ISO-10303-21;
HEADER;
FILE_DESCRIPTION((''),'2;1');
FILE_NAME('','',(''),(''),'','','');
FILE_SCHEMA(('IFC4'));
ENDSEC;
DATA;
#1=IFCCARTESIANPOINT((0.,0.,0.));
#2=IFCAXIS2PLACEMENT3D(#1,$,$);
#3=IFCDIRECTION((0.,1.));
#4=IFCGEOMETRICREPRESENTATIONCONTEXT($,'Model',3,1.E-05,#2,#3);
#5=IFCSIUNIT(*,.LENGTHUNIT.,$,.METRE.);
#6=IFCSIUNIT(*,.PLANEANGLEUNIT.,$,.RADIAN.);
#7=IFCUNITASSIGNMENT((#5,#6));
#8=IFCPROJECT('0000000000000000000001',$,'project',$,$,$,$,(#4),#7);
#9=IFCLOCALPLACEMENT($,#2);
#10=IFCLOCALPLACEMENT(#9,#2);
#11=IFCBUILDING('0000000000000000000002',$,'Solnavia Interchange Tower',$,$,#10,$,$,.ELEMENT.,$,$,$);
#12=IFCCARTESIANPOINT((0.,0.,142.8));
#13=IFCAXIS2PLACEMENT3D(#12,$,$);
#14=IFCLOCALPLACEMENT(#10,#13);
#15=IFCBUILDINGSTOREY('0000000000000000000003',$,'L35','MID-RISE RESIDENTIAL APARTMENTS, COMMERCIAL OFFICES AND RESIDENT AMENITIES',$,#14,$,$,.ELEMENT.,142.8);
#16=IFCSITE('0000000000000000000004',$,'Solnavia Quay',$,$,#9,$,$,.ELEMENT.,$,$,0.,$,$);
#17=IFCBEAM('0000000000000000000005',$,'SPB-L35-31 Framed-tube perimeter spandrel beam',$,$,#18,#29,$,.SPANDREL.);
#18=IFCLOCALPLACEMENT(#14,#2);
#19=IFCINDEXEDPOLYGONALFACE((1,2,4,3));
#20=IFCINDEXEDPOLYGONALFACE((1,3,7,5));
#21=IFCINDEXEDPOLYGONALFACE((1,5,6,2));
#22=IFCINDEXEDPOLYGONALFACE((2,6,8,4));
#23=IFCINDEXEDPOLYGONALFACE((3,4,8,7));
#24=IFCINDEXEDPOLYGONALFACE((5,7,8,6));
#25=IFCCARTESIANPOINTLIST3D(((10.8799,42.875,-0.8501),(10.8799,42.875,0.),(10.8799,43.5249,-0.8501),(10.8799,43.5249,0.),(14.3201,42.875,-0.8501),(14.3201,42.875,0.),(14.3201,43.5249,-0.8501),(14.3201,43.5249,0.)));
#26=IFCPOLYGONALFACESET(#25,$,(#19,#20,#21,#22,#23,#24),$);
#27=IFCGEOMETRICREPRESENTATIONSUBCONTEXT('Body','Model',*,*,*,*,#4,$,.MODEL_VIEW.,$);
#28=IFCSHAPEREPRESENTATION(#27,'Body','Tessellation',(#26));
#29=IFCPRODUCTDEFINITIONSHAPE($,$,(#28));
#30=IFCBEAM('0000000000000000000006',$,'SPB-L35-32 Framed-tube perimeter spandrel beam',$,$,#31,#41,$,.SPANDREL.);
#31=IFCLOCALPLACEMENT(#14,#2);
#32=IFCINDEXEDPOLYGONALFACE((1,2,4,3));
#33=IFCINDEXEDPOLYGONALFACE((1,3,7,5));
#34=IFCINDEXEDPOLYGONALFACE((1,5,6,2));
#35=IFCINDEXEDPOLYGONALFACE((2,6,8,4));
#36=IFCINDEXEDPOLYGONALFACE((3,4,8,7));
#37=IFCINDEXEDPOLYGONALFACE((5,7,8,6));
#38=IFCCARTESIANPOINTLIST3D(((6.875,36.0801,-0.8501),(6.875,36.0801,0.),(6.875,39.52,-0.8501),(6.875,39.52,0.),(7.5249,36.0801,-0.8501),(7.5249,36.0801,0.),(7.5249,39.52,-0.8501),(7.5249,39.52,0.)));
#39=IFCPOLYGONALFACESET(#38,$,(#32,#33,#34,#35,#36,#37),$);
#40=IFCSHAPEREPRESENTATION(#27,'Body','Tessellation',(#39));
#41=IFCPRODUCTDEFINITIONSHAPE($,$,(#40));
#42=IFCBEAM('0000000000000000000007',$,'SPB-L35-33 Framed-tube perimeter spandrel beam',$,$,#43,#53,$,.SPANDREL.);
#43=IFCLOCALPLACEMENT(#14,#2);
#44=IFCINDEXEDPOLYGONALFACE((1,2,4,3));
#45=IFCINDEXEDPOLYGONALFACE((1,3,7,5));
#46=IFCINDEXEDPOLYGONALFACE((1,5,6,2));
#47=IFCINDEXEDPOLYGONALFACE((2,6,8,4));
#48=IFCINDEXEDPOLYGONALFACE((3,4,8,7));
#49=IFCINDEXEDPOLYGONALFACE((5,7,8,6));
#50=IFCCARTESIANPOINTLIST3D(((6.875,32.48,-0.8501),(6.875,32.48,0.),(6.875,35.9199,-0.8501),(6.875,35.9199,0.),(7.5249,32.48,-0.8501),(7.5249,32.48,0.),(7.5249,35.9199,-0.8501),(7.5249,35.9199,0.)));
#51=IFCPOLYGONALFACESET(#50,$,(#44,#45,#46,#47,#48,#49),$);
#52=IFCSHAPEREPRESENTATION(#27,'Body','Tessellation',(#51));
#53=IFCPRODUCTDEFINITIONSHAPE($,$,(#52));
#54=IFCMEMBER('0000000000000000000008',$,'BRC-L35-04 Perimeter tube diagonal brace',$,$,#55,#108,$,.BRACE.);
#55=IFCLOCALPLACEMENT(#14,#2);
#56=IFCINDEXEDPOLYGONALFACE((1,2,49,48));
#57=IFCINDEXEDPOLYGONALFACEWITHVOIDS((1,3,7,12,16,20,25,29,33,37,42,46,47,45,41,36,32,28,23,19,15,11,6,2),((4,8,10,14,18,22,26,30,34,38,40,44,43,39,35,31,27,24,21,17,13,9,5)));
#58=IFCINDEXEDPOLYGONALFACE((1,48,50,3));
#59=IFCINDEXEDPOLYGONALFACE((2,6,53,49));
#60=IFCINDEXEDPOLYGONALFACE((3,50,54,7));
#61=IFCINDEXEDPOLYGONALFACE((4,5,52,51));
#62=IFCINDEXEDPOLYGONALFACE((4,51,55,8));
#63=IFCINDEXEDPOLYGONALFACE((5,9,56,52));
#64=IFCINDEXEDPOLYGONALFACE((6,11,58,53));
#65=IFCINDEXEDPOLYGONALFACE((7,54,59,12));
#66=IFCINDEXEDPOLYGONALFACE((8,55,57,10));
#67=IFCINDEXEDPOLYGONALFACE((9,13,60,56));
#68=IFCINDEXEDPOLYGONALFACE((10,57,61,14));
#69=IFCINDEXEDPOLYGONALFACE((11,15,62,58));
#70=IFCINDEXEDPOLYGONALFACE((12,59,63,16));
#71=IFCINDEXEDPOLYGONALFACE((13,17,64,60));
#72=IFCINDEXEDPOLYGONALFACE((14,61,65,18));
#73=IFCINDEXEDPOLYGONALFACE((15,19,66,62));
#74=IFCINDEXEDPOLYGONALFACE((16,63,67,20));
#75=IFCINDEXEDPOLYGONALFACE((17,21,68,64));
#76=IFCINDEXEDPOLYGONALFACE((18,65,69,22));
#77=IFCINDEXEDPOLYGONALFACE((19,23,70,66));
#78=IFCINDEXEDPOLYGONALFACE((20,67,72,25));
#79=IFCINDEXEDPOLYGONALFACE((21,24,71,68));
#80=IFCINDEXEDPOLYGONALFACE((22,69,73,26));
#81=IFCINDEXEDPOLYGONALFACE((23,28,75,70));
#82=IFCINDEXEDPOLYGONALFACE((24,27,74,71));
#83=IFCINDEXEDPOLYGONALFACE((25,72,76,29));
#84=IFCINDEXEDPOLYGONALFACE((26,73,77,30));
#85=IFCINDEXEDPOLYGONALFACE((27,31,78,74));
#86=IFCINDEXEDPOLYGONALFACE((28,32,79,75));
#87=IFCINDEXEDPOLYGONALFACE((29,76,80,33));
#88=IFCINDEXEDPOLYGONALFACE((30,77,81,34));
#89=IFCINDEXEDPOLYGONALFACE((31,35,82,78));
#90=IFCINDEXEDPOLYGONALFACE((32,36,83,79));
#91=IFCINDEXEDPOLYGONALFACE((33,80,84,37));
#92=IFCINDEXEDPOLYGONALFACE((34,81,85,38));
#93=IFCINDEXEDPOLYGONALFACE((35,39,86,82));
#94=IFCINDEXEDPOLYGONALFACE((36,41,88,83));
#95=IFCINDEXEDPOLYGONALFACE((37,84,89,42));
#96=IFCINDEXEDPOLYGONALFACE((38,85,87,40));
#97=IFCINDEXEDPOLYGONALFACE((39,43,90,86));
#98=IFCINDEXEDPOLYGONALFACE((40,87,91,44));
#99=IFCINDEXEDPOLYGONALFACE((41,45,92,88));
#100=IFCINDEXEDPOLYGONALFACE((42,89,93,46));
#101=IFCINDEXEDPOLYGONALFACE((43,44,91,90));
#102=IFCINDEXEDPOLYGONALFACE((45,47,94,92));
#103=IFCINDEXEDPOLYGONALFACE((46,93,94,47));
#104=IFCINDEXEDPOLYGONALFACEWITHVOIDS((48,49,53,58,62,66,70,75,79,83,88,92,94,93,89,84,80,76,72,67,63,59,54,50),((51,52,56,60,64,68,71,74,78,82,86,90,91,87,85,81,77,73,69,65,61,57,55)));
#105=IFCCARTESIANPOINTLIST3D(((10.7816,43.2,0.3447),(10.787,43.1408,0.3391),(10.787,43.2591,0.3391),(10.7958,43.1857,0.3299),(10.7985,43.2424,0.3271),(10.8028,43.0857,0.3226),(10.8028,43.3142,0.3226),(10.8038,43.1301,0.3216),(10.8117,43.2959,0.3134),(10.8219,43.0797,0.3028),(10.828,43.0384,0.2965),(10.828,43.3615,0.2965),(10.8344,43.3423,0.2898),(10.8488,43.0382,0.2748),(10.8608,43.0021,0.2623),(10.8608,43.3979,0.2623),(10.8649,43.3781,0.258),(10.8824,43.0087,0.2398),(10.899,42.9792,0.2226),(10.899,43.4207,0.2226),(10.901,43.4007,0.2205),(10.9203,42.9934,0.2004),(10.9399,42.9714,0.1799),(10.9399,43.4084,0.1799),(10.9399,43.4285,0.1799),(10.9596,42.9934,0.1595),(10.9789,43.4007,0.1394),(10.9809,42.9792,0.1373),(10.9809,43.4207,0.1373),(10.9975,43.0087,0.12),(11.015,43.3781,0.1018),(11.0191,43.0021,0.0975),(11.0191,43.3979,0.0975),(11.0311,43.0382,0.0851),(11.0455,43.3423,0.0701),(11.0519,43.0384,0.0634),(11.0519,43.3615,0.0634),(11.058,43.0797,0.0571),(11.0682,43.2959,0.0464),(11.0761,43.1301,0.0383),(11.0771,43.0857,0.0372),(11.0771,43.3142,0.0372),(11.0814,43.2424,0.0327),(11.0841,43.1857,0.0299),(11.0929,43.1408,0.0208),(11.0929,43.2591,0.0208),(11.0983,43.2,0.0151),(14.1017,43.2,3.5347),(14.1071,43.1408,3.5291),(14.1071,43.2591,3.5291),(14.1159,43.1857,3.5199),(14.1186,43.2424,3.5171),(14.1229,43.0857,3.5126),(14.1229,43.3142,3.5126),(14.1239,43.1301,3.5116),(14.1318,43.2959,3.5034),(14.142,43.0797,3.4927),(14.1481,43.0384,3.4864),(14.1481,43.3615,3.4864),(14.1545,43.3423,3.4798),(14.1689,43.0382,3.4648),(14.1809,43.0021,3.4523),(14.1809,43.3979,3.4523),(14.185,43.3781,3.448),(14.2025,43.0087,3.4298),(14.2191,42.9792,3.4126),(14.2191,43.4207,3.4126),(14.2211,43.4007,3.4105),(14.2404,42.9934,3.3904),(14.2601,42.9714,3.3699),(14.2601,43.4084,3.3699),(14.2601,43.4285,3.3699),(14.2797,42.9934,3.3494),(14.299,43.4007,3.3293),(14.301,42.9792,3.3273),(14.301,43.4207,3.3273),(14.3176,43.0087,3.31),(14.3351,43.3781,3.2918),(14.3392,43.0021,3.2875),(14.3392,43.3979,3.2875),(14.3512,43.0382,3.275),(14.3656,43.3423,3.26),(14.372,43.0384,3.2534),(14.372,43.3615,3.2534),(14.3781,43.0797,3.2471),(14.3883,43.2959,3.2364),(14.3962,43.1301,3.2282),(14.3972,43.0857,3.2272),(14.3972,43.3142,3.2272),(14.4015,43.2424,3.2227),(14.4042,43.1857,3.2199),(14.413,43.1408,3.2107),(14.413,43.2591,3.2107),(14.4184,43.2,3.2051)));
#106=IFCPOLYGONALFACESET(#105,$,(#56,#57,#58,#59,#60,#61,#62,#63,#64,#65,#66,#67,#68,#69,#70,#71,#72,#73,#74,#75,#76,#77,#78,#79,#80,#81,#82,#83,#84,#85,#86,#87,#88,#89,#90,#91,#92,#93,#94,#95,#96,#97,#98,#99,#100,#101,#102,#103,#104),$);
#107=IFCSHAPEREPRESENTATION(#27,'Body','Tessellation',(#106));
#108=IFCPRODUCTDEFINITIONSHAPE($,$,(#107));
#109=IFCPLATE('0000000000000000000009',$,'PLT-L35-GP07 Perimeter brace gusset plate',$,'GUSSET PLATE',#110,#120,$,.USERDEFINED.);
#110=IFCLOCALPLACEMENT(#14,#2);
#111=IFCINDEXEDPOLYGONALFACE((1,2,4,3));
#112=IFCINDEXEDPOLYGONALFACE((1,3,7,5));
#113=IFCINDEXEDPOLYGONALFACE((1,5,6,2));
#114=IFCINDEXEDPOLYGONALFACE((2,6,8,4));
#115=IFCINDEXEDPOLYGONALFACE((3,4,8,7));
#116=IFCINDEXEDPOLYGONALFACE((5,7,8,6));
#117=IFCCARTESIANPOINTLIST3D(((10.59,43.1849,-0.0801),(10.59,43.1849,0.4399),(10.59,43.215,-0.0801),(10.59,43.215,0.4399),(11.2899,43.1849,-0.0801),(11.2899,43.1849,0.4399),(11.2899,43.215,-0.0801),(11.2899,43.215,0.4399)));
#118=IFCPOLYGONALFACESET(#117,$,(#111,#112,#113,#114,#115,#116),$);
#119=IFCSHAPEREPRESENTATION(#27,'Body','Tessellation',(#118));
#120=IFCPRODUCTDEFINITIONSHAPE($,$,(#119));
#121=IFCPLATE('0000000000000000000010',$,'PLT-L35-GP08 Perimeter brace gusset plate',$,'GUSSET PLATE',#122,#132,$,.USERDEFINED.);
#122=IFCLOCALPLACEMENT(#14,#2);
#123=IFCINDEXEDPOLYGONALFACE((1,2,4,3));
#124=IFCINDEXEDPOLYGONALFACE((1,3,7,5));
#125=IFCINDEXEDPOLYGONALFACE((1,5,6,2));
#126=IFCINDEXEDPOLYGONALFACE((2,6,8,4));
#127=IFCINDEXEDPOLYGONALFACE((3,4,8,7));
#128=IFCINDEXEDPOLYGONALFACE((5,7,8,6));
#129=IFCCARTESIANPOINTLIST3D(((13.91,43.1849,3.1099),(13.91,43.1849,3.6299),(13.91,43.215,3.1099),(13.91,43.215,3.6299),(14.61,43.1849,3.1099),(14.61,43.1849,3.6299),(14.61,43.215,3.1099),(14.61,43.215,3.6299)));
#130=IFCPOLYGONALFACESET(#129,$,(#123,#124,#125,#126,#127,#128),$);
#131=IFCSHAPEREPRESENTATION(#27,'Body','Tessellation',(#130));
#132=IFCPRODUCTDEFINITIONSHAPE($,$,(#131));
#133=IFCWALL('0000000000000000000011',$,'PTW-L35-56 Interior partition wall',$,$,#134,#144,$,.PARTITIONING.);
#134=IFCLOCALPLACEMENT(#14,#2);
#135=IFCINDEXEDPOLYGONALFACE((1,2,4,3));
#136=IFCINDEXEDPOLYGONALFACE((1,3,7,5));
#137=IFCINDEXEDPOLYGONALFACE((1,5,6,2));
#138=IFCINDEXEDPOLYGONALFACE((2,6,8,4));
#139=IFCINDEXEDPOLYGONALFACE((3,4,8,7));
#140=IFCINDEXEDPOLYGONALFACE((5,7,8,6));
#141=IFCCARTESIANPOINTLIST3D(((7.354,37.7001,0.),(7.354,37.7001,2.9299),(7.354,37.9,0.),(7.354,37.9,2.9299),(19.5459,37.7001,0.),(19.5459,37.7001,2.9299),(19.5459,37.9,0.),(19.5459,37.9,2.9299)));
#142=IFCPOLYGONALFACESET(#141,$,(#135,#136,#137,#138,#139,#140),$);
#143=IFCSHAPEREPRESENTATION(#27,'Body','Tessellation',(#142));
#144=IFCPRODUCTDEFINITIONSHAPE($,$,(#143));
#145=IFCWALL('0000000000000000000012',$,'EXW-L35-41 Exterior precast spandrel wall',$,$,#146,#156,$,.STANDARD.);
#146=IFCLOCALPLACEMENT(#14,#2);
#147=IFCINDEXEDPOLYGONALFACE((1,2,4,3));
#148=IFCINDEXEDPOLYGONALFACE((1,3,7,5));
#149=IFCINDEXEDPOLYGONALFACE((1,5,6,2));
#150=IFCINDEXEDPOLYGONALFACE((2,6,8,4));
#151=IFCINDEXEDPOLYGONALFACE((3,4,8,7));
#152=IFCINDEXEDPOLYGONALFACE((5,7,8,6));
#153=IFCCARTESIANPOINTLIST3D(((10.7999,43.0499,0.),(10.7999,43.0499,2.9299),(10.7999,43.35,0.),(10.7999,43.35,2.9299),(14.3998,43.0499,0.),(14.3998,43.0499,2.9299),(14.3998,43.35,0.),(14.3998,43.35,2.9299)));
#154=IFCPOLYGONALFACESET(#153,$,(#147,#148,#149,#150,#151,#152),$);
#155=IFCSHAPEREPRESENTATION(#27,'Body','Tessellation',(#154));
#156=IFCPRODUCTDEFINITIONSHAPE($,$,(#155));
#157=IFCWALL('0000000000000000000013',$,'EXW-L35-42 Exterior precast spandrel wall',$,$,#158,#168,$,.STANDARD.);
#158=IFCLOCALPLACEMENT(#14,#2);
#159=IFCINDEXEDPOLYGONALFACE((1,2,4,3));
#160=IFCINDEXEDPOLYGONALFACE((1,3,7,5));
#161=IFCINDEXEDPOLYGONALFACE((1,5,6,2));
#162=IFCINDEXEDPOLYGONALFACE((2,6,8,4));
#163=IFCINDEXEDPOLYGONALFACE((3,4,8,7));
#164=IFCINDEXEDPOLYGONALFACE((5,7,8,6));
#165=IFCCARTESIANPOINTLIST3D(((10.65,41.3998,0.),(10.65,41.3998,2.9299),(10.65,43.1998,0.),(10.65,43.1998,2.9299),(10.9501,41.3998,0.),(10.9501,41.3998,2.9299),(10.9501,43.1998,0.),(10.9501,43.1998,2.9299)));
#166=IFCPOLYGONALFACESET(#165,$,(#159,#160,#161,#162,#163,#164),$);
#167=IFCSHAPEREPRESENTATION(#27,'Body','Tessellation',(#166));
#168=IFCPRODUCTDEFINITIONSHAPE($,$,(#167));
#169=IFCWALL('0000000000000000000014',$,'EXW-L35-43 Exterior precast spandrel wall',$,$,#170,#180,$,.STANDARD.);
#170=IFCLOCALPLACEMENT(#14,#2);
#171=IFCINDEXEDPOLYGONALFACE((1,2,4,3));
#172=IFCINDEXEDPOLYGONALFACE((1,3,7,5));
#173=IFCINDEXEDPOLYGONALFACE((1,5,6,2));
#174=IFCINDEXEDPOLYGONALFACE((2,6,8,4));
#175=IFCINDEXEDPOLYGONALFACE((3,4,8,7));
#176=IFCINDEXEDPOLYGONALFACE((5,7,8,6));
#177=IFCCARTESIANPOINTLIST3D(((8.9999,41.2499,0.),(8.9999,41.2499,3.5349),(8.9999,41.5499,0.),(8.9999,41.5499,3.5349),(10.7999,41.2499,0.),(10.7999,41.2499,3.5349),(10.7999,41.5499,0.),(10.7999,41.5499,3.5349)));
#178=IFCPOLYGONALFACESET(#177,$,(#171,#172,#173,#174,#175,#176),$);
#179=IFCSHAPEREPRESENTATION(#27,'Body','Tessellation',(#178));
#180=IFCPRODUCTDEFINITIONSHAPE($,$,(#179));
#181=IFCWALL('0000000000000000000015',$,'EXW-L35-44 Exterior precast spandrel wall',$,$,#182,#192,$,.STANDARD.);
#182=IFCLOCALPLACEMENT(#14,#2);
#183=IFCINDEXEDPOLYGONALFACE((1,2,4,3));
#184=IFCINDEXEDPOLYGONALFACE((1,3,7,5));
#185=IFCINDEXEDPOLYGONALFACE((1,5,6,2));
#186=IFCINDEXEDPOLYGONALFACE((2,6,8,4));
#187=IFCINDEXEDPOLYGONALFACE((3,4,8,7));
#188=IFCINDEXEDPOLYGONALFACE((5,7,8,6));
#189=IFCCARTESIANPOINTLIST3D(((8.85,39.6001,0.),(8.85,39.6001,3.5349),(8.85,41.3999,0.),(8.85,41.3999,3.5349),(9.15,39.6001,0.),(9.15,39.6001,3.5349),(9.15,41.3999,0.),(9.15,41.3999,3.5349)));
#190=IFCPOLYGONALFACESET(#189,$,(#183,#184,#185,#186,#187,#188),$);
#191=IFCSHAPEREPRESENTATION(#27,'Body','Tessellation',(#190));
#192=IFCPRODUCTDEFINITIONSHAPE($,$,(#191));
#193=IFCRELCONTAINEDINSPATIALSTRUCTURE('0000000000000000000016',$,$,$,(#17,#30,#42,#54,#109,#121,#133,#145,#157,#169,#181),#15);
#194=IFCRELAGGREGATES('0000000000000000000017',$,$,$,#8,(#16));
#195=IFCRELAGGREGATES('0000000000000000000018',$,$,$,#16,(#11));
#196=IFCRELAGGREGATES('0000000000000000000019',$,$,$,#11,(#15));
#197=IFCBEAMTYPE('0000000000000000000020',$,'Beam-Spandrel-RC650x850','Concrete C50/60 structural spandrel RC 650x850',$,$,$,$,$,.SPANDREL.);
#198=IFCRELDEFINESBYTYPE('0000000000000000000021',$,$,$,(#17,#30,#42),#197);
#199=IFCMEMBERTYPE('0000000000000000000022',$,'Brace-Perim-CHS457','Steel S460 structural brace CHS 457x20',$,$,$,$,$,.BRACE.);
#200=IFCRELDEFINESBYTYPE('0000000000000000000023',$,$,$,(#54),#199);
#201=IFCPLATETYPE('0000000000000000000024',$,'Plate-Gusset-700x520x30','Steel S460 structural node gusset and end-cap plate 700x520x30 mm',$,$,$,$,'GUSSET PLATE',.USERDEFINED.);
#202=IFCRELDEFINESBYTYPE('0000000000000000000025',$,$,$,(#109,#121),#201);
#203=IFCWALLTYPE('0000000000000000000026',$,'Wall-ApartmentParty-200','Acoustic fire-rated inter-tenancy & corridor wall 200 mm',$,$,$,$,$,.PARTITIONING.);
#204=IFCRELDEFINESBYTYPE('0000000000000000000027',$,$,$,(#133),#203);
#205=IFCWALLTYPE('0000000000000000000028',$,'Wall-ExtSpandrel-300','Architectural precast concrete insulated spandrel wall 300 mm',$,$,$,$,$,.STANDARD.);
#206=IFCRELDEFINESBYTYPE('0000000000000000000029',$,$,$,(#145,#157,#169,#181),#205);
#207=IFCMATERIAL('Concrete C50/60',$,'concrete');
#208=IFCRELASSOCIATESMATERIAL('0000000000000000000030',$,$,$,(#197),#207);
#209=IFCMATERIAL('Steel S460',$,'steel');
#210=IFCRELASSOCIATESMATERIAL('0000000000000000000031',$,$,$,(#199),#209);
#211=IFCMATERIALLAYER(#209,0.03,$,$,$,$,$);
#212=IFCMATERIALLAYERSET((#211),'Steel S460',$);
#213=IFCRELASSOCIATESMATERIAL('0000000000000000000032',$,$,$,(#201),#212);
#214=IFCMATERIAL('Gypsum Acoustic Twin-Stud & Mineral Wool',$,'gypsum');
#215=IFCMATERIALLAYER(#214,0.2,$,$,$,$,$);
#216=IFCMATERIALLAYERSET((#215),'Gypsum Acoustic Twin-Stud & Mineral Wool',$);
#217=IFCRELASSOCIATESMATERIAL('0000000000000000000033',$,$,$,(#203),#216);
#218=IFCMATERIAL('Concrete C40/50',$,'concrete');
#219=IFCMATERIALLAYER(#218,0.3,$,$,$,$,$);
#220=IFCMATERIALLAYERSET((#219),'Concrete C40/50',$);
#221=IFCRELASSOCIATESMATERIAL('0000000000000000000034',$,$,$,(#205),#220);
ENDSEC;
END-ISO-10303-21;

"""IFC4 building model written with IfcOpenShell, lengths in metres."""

from ifc_helpers import new_model, si_unit, direction, frame, frame_2d, origin, origin_2d, place, context, subcontext, project, spatial, rectangle, hollow_circle, extrude, material, layer, layer_set, material_profile, profile_set, type_object, element, save


model = new_model("IFC4")

# Units and contexts
model_context = context("Model", 3, precision=1e-05, world=origin(), true_north=direction((0.0, 1.0)))
body_context = subcontext(model_context, "Body", "Model", "MODEL_VIEW")
ifc_project = project(units=[si_unit("LENGTHUNIT", "METRE"), si_unit("PLANEANGLEUNIT", "RADIAN")], contexts=[model_context])

# Site, building, storey
site_placement = place(None, origin())
site = spatial("IfcSite", under=ifc_project, at=site_placement, Name="Solnavia Quay", CompositionType="ELEMENT", RefElevation=0.0)
building_placement = place(site_placement, origin())
building = spatial("IfcBuilding", under=site, at=building_placement, Name="Solnavia Interchange Tower", CompositionType="ELEMENT")
storey_placement = place(building_placement, frame((0.0, 0.0, 142.8)))
storey = spatial("IfcBuildingStorey", under=building, at=storey_placement, Name="L35", Description="MID-RISE RESIDENTIAL APARTMENTS, COMMERCIAL OFFICES AND RESIDENT AMENITIES", CompositionType="ELEMENT", Elevation=142.8)

# Shared definitions
ifc_material_1 = material(Name="Concrete C50/60", Category="concrete")

# Beams
ifc_material_2 = material(Name="Steel S460", Category="steel")
ifc_material_profile_1 = material_profile(ifc_material_1, rectangle(XDim=0.6499, YDim=0.8501, at=origin_2d()), Name="RC 650x850")
ifc_profile_set_1 = profile_set([ifc_material_profile_1], Name="Concrete C50/60")
beam_type_1 = type_object("IfcBeamType", Name="Beam-Spandrel-RC650x850", Description="Concrete C50/60 structural spandrel RC 650x850", PredefinedType="SPANDREL", material=ifc_profile_set_1)
beam_1_placement = place(storey_placement, frame((14.3201, 43.2, -0.425), z_axis=(-1.0, 0.0, 0.0), x_axis=(0.0, -1.0, 0.0)))
element("IfcBeam", 1, at=beam_1_placement, inside=storey, type_object=beam_type_1, Name="SPB-L35-31 Framed-tube perimeter spandrel beam", PredefinedType="SPANDREL", context=body_context, shape_type="SweptSolid", body=[
    extrude(rectangle(XDim=0.6499, YDim=0.8501, at=origin_2d()), origin(), (0.0, 0.0, 1.0), 3.4402),
])
for number, where, z_axis, x_axis, name in (
    (2, (7.2, 39.52, -0.425), (0.0, -1.0, 0.0), (1.0, 0.0, 0.0), "SPB-L35-32 Framed-tube perimeter spandrel beam"),
    (3, (7.2, 35.9199, -0.425), (0.0, -1.0, 0.0), (1.0, 0.0, 0.0), "SPB-L35-33 Framed-tube perimeter spandrel beam"),
):
    element("IfcBeam", number, at=place(storey_placement, frame(where, z_axis=z_axis, x_axis=x_axis)), inside=storey, type_object=beam_type_1, Name=name, PredefinedType="SPANDREL", context=body_context, shape_type="SweptSolid", body=[
        extrude(rectangle(XDim=0.6499, YDim=0.8501, at=origin_2d()), origin(), (0.0, 0.0, 1.0), 3.4399),
    ])

# Member
ifc_material_profile_2 = material_profile(ifc_material_2, hollow_circle(Radius=0.2285, WallThickness=0.02, at=origin_2d()), Name="CHS 457x20")
ifc_profile_set_2 = profile_set([ifc_material_profile_2], Name="Steel S460")
member_type = type_object("IfcMemberType", Name="Brace-Perim-CHS457", Description="Steel S460 structural brace CHS 457x20", PredefinedType="BRACE", material=ifc_profile_set_2)
member_placement = place(storey_placement, frame((10.9399, 43.2, 0.1799), z_axis=(0.721097, 0.0, 0.692834), x_axis=(0.0, 1.0, 0.0)))
element("IfcMember", 4, at=member_placement, inside=storey, type_object=member_type, Name="BRC-L35-04 Perimeter tube diagonal brace", PredefinedType="BRACE", context=body_context, shape_type="SweptSolid", body=[
    extrude(hollow_circle(Radius=0.2285, WallThickness=0.02, at=origin_2d()), origin(), (0.0, 0.0, 1.0), 4.6042),
])

# Plates
ifc_layer_1 = layer(ifc_material_2, 0.03)
ifc_layer_set_1 = layer_set([ifc_layer_1], Name="Steel S460")
plate_type = type_object("IfcPlateType", Name="Plate-Gusset-700x520x30", Description="Steel S460 structural node gusset and end-cap plate 700x520x30 mm", ElementType="GUSSET PLATE", PredefinedType="USERDEFINED", material=ifc_layer_set_1)
for number, where, z_axis, x_axis, name in (
    (5, (10.9399, 43.2, -0.0801), (0.0, 0.0, 1.0), (1.0, 0.0, 0.0), "PLT-L35-GP07 Perimeter brace gusset plate"),
    (6, (14.26, 43.2, 3.1099), (0.0, 0.0, 1.0), (1.0, 0.0, 0.0), "PLT-L35-GP08 Perimeter brace gusset plate"),
):
    element("IfcPlate", number, at=place(storey_placement, frame(where, z_axis=z_axis, x_axis=x_axis)), inside=storey, type_object=plate_type, Name=name, ObjectType="GUSSET PLATE", PredefinedType="USERDEFINED", context=body_context, shape_type="SweptSolid", body=[
        extrude(rectangle(XDim=0.7, YDim=0.03, at=origin_2d()), origin(), (0.0, 0.0, 1.0), 0.52),
    ])

# Walls
ifc_material_3 = material(Name="Gypsum Acoustic Twin-Stud & Mineral Wool", Category="gypsum")
ifc_layer_2 = layer(ifc_material_3, 0.2)
ifc_layer_set_2 = layer_set([ifc_layer_2], Name="Gypsum Acoustic Twin-Stud & Mineral Wool")
wall_type_1 = type_object("IfcWallType", Name="Wall-ApartmentParty-200", Description="Acoustic fire-rated inter-tenancy & corridor wall 200 mm", PredefinedType="PARTITIONING", material=ifc_layer_set_2)
wall_1_placement = place(storey_placement, frame((7.354, 37.8, 0.0), z_axis=(0.0, 0.0, 1.0), x_axis=(1.0, 0.0, 0.0)))
element("IfcWall", 7, at=wall_1_placement, inside=storey, type_object=wall_type_1, Name="PTW-L35-56 Interior partition wall", PredefinedType="PARTITIONING", context=body_context, shape_type="SweptSolid", body=[
    extrude(rectangle(XDim=12.1919, YDim=0.2, at=frame_2d((6.0959, 0.0))), origin(), (0.0, 0.0, 1.0), 2.9299),
])
ifc_material_4 = material(Name="Concrete C40/50", Category="concrete")
ifc_layer_3 = layer(ifc_material_4, 0.3)
ifc_layer_set_3 = layer_set([ifc_layer_3], Name="Concrete C40/50")
wall_type_2 = type_object("IfcWallType", Name="Wall-ExtSpandrel-300", Description="Architectural precast concrete insulated spandrel wall 300 mm", PredefinedType="STANDARD", material=ifc_layer_set_3)
wall_2_placement = place(storey_placement, frame((10.8, 43.2, 0.0), z_axis=(0.0, 0.0, 1.0), x_axis=(1.0, 0.0, 0.0)))
element("IfcWall", 8, at=wall_2_placement, inside=storey, type_object=wall_type_2, Name="EXW-L35-41 Exterior precast spandrel wall", PredefinedType="STANDARD", context=body_context, shape_type="SweptSolid", body=[
    extrude(rectangle(XDim=3.5999, YDim=0.3, at=frame_2d((1.7998, 0.0))), origin(), (0.0, 0.0, 1.0), 2.9299),
])
wall_3_placement = place(storey_placement, frame((10.8, 41.3999, 0.0), z_axis=(0.0, 0.0, 1.0), x_axis=(0.0, 1.0, 0.0)))
element("IfcWall", 9, at=wall_3_placement, inside=storey, type_object=wall_type_2, Name="EXW-L35-42 Exterior precast spandrel wall", PredefinedType="STANDARD", context=body_context, shape_type="SweptSolid", body=[
    extrude(rectangle(XDim=1.8, YDim=0.3, at=frame_2d((0.8999, 0.0))), origin(), (0.0, 0.0, 1.0), 2.9299),
])
wall_4_placement = place(storey_placement, frame((9.0, 41.3999, 0.0), z_axis=(0.0, 0.0, 1.0), x_axis=(1.0, 0.0, 0.0)))
element("IfcWall", 10, at=wall_4_placement, inside=storey, type_object=wall_type_2, Name="EXW-L35-43 Exterior precast spandrel wall", PredefinedType="STANDARD", context=body_context, shape_type="SweptSolid", body=[
    extrude(rectangle(XDim=1.8, YDim=0.3, at=frame_2d((0.8999, 0.0))), origin(), (0.0, 0.0, 1.0), 3.5349),
])
wall_5_placement = place(storey_placement, frame((9.0, 39.6001, 0.0), z_axis=(0.0, 0.0, 1.0), x_axis=(0.0, 1.0, 0.0)))
element("IfcWall", 11, at=wall_5_placement, inside=storey, type_object=wall_type_2, Name="EXW-L35-44 Exterior precast spandrel wall", PredefinedType="STANDARD", context=body_context, shape_type="SweptSolid", body=[
    extrude(rectangle(XDim=1.7998, YDim=0.3, at=frame_2d((0.8999, 0.0))), origin(), (0.0, 0.0, 1.0), 3.5349),
])

save(model, "model.ifc")
